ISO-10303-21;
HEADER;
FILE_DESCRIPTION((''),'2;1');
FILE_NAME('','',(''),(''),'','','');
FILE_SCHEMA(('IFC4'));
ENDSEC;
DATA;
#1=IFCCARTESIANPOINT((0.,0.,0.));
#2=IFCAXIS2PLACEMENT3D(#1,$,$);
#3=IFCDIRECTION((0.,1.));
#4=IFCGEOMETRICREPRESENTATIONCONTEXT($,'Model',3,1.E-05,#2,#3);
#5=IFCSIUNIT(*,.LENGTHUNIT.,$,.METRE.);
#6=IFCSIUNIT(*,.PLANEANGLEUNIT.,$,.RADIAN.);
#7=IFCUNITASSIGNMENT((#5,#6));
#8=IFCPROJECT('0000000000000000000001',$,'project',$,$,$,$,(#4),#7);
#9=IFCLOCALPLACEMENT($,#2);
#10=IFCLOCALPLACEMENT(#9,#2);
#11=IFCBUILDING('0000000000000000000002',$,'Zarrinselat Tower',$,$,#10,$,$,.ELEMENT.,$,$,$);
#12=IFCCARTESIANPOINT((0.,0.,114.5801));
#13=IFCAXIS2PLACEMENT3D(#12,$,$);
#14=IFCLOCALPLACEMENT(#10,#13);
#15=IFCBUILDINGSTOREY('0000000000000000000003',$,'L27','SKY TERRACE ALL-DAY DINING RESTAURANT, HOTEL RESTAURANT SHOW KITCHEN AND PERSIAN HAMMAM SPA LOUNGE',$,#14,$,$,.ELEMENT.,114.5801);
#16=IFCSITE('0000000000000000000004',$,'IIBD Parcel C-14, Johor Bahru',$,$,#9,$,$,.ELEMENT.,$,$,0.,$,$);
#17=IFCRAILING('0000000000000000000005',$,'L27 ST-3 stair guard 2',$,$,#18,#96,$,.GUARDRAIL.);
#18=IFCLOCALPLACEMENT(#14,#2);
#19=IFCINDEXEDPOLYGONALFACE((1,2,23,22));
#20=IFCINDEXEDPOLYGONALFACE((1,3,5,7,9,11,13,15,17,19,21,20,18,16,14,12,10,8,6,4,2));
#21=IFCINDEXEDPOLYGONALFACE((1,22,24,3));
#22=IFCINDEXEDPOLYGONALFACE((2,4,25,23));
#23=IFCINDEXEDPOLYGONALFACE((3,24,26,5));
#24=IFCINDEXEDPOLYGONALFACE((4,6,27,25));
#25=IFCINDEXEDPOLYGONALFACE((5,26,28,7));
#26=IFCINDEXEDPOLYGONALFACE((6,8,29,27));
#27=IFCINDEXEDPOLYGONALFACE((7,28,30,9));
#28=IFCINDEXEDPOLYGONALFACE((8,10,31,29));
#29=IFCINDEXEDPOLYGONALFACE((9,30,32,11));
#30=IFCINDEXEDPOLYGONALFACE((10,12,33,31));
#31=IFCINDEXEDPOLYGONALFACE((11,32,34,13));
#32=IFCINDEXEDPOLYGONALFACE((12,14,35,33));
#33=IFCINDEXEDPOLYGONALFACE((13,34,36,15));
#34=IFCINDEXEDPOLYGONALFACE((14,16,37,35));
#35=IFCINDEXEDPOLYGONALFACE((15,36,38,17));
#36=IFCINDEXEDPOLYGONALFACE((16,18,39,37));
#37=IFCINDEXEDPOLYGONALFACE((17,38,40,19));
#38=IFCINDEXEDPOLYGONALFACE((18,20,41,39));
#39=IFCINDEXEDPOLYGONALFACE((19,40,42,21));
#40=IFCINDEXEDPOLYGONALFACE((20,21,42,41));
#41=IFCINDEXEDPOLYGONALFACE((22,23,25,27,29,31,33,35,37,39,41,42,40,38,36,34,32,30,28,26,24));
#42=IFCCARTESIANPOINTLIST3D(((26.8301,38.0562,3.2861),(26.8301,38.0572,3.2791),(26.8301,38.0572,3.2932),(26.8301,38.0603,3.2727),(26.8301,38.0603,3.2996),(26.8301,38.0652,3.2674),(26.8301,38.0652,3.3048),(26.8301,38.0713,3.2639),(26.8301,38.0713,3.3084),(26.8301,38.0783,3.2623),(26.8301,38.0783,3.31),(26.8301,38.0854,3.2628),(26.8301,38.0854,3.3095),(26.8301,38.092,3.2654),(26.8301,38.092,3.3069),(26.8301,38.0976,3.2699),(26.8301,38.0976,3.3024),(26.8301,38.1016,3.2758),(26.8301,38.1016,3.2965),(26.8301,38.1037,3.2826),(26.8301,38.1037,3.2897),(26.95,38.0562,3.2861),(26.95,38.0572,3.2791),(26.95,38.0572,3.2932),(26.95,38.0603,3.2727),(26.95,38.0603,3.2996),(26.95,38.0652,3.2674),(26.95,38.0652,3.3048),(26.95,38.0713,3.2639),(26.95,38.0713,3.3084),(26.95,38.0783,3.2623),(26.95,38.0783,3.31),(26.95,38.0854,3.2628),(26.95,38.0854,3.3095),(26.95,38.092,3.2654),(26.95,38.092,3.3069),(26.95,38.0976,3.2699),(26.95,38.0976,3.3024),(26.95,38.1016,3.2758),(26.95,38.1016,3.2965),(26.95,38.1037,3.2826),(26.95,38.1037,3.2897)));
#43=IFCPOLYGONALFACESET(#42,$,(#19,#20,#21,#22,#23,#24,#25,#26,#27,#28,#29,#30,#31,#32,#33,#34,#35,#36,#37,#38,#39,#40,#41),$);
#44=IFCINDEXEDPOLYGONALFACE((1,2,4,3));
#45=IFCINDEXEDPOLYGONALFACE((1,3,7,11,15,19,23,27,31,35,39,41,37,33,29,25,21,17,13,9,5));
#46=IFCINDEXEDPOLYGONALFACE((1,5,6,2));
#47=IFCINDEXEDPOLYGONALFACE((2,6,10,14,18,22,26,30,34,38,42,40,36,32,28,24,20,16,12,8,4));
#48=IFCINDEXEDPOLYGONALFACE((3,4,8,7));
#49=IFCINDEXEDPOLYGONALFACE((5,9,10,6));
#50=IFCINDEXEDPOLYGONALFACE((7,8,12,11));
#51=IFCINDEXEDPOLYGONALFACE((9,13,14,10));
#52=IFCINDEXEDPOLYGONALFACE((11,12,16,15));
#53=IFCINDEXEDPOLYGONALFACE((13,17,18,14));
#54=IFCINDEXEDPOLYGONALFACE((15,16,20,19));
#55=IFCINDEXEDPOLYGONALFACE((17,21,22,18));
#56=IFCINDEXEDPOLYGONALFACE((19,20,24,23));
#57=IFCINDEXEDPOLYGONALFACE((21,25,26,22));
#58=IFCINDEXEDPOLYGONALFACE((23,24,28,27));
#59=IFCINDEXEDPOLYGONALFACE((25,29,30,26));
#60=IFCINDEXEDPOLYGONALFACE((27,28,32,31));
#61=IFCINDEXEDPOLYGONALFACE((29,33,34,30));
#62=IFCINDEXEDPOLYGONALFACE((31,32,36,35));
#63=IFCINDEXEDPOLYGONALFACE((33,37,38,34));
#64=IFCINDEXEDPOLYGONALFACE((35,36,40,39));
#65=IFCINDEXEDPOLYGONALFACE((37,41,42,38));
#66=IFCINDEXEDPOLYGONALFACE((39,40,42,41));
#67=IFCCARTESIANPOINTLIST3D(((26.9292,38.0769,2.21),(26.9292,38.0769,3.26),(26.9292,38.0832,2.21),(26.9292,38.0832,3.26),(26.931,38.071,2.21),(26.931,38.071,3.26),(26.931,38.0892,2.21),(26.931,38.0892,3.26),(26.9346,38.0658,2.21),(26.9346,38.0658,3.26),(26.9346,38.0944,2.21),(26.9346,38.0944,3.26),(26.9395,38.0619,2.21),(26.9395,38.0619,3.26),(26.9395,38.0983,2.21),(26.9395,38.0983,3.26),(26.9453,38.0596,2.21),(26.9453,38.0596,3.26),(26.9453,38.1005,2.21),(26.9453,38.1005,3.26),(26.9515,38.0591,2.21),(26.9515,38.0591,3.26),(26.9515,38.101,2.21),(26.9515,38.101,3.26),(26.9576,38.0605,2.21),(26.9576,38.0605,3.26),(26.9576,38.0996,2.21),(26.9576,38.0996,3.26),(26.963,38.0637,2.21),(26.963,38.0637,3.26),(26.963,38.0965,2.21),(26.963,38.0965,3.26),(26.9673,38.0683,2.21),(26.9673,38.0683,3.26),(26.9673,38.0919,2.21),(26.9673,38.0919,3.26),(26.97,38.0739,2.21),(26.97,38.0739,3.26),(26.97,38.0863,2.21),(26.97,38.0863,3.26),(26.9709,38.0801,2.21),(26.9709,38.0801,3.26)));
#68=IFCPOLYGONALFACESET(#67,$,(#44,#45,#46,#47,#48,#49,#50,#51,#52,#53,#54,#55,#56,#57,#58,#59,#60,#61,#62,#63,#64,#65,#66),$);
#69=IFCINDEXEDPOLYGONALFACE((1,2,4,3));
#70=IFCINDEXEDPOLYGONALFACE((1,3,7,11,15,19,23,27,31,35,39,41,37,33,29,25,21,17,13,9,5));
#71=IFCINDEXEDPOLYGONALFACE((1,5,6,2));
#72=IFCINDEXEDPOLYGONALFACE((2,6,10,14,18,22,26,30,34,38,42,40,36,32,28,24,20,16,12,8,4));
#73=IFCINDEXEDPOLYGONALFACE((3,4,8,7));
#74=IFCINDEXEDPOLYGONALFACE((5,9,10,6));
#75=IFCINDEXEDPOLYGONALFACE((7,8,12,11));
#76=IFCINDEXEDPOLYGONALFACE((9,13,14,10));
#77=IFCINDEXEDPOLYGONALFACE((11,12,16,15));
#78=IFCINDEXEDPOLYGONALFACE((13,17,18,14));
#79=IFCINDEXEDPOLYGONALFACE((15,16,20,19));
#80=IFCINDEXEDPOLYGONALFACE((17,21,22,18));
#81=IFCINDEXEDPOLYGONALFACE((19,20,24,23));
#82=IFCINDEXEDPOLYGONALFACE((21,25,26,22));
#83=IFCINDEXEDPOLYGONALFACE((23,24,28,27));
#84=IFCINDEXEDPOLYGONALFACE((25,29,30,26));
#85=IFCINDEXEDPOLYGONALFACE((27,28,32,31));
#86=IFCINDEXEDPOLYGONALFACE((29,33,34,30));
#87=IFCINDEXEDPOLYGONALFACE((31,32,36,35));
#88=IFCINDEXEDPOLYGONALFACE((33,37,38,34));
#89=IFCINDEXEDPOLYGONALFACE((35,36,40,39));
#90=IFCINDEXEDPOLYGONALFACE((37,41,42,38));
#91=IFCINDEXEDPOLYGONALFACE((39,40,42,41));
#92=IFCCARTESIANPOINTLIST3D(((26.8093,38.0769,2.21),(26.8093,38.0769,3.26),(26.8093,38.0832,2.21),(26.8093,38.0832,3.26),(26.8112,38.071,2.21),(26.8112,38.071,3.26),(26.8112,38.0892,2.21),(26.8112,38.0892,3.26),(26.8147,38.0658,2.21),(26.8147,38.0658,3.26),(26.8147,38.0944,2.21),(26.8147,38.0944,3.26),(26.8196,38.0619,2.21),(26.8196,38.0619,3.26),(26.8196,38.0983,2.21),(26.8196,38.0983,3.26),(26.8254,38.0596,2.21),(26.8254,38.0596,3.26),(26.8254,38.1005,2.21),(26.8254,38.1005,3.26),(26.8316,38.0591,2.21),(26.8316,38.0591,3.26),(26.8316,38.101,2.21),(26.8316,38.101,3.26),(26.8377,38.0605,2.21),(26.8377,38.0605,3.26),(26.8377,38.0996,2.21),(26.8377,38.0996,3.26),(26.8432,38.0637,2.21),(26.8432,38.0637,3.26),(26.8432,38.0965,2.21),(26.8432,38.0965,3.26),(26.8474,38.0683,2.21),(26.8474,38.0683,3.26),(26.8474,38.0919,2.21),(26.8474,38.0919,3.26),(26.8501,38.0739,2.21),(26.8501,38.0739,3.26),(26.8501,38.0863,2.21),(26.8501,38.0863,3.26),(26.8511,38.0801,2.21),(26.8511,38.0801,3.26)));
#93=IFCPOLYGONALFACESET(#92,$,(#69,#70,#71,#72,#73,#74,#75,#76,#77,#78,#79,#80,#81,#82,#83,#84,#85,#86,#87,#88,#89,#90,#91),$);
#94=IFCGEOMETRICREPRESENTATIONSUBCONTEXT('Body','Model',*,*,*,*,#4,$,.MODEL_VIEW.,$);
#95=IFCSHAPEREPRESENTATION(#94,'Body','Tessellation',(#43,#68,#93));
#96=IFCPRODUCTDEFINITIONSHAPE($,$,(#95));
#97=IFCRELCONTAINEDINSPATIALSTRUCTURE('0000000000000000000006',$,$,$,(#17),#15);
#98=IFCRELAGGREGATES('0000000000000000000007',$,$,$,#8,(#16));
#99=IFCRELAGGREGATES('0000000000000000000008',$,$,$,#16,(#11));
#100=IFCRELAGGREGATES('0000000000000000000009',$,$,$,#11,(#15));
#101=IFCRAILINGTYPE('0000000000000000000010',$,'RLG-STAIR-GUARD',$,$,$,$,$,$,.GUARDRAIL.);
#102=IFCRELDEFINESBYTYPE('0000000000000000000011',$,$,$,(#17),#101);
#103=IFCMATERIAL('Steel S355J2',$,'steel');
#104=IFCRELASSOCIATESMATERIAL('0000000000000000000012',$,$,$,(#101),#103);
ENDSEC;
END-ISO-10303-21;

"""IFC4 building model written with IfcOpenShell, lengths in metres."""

from ifc_helpers import new_model, si_unit, direction, frame, origin, origin_2d, place, context, subcontext, project, spatial, circle, extrude, material, type_object, element, save


model = new_model("IFC4")

# Units and contexts
model_context = context("Model", 3, precision=1e-05, world=origin(), true_north=direction((0.0, 1.0)))
body_context = subcontext(model_context, "Body", "Model", "MODEL_VIEW")
ifc_project = project(units=[si_unit("LENGTHUNIT", "METRE"), si_unit("PLANEANGLEUNIT", "RADIAN")], contexts=[model_context])

# Site, building, storey
site_placement = place(None, origin())
site = spatial("IfcSite", under=ifc_project, at=site_placement, Name="IIBD Parcel C-14, Johor Bahru", CompositionType="ELEMENT", RefElevation=0.0)
building_placement = place(site_placement, origin())
building = spatial("IfcBuilding", under=site, at=building_placement, Name="Zarrinselat Tower", CompositionType="ELEMENT")
storey_placement = place(building_placement, frame((0.0, 0.0, 114.5801)))
storey = spatial("IfcBuildingStorey", under=building, at=storey_placement, Name="L27", Description="SKY TERRACE ALL-DAY DINING RESTAURANT, HOTEL RESTAURANT SHOW KITCHEN AND PERSIAN HAMMAM SPA LOUNGE", CompositionType="ELEMENT", Elevation=114.5801)

# Railing
ifc_material_1 = material(Name="Steel S355J2", Category="steel")
railing_type_1 = type_object("IfcRailingType", Name="RLG-STAIR-GUARD", PredefinedType="GUARDRAIL", material=ifc_material_1)
railing_1_placement = place(storey_placement, frame((26.95, 38.0801, 2.21)))
element("IfcRailing", 1, at=railing_1_placement, inside=storey, type_object=railing_type_1, Name="L27 ST-3 stair guard 2", PredefinedType="GUARDRAIL", context=body_context, shape_type="SweptSolid", body=[
    extrude(circle(Radius=0.0239, at=origin_2d()), frame((0.0, 0.0, 1.0762), z_axis=(-1.0, 0.0, 0.0), x_axis=(0.0, -1.0, 0.0)), (0.0, 0.0, 1.0), 0.1199),
    extrude(circle(Radius=0.021, at=origin_2d()), origin(), (0.0, 0.0, 1.0), 1.05),
    extrude(circle(Radius=0.021, at=origin_2d()), frame((-0.1199, 0.0, 0.0)), (0.0, 0.0, 1.0), 1.05),
])

save(model, "model.ifc")
